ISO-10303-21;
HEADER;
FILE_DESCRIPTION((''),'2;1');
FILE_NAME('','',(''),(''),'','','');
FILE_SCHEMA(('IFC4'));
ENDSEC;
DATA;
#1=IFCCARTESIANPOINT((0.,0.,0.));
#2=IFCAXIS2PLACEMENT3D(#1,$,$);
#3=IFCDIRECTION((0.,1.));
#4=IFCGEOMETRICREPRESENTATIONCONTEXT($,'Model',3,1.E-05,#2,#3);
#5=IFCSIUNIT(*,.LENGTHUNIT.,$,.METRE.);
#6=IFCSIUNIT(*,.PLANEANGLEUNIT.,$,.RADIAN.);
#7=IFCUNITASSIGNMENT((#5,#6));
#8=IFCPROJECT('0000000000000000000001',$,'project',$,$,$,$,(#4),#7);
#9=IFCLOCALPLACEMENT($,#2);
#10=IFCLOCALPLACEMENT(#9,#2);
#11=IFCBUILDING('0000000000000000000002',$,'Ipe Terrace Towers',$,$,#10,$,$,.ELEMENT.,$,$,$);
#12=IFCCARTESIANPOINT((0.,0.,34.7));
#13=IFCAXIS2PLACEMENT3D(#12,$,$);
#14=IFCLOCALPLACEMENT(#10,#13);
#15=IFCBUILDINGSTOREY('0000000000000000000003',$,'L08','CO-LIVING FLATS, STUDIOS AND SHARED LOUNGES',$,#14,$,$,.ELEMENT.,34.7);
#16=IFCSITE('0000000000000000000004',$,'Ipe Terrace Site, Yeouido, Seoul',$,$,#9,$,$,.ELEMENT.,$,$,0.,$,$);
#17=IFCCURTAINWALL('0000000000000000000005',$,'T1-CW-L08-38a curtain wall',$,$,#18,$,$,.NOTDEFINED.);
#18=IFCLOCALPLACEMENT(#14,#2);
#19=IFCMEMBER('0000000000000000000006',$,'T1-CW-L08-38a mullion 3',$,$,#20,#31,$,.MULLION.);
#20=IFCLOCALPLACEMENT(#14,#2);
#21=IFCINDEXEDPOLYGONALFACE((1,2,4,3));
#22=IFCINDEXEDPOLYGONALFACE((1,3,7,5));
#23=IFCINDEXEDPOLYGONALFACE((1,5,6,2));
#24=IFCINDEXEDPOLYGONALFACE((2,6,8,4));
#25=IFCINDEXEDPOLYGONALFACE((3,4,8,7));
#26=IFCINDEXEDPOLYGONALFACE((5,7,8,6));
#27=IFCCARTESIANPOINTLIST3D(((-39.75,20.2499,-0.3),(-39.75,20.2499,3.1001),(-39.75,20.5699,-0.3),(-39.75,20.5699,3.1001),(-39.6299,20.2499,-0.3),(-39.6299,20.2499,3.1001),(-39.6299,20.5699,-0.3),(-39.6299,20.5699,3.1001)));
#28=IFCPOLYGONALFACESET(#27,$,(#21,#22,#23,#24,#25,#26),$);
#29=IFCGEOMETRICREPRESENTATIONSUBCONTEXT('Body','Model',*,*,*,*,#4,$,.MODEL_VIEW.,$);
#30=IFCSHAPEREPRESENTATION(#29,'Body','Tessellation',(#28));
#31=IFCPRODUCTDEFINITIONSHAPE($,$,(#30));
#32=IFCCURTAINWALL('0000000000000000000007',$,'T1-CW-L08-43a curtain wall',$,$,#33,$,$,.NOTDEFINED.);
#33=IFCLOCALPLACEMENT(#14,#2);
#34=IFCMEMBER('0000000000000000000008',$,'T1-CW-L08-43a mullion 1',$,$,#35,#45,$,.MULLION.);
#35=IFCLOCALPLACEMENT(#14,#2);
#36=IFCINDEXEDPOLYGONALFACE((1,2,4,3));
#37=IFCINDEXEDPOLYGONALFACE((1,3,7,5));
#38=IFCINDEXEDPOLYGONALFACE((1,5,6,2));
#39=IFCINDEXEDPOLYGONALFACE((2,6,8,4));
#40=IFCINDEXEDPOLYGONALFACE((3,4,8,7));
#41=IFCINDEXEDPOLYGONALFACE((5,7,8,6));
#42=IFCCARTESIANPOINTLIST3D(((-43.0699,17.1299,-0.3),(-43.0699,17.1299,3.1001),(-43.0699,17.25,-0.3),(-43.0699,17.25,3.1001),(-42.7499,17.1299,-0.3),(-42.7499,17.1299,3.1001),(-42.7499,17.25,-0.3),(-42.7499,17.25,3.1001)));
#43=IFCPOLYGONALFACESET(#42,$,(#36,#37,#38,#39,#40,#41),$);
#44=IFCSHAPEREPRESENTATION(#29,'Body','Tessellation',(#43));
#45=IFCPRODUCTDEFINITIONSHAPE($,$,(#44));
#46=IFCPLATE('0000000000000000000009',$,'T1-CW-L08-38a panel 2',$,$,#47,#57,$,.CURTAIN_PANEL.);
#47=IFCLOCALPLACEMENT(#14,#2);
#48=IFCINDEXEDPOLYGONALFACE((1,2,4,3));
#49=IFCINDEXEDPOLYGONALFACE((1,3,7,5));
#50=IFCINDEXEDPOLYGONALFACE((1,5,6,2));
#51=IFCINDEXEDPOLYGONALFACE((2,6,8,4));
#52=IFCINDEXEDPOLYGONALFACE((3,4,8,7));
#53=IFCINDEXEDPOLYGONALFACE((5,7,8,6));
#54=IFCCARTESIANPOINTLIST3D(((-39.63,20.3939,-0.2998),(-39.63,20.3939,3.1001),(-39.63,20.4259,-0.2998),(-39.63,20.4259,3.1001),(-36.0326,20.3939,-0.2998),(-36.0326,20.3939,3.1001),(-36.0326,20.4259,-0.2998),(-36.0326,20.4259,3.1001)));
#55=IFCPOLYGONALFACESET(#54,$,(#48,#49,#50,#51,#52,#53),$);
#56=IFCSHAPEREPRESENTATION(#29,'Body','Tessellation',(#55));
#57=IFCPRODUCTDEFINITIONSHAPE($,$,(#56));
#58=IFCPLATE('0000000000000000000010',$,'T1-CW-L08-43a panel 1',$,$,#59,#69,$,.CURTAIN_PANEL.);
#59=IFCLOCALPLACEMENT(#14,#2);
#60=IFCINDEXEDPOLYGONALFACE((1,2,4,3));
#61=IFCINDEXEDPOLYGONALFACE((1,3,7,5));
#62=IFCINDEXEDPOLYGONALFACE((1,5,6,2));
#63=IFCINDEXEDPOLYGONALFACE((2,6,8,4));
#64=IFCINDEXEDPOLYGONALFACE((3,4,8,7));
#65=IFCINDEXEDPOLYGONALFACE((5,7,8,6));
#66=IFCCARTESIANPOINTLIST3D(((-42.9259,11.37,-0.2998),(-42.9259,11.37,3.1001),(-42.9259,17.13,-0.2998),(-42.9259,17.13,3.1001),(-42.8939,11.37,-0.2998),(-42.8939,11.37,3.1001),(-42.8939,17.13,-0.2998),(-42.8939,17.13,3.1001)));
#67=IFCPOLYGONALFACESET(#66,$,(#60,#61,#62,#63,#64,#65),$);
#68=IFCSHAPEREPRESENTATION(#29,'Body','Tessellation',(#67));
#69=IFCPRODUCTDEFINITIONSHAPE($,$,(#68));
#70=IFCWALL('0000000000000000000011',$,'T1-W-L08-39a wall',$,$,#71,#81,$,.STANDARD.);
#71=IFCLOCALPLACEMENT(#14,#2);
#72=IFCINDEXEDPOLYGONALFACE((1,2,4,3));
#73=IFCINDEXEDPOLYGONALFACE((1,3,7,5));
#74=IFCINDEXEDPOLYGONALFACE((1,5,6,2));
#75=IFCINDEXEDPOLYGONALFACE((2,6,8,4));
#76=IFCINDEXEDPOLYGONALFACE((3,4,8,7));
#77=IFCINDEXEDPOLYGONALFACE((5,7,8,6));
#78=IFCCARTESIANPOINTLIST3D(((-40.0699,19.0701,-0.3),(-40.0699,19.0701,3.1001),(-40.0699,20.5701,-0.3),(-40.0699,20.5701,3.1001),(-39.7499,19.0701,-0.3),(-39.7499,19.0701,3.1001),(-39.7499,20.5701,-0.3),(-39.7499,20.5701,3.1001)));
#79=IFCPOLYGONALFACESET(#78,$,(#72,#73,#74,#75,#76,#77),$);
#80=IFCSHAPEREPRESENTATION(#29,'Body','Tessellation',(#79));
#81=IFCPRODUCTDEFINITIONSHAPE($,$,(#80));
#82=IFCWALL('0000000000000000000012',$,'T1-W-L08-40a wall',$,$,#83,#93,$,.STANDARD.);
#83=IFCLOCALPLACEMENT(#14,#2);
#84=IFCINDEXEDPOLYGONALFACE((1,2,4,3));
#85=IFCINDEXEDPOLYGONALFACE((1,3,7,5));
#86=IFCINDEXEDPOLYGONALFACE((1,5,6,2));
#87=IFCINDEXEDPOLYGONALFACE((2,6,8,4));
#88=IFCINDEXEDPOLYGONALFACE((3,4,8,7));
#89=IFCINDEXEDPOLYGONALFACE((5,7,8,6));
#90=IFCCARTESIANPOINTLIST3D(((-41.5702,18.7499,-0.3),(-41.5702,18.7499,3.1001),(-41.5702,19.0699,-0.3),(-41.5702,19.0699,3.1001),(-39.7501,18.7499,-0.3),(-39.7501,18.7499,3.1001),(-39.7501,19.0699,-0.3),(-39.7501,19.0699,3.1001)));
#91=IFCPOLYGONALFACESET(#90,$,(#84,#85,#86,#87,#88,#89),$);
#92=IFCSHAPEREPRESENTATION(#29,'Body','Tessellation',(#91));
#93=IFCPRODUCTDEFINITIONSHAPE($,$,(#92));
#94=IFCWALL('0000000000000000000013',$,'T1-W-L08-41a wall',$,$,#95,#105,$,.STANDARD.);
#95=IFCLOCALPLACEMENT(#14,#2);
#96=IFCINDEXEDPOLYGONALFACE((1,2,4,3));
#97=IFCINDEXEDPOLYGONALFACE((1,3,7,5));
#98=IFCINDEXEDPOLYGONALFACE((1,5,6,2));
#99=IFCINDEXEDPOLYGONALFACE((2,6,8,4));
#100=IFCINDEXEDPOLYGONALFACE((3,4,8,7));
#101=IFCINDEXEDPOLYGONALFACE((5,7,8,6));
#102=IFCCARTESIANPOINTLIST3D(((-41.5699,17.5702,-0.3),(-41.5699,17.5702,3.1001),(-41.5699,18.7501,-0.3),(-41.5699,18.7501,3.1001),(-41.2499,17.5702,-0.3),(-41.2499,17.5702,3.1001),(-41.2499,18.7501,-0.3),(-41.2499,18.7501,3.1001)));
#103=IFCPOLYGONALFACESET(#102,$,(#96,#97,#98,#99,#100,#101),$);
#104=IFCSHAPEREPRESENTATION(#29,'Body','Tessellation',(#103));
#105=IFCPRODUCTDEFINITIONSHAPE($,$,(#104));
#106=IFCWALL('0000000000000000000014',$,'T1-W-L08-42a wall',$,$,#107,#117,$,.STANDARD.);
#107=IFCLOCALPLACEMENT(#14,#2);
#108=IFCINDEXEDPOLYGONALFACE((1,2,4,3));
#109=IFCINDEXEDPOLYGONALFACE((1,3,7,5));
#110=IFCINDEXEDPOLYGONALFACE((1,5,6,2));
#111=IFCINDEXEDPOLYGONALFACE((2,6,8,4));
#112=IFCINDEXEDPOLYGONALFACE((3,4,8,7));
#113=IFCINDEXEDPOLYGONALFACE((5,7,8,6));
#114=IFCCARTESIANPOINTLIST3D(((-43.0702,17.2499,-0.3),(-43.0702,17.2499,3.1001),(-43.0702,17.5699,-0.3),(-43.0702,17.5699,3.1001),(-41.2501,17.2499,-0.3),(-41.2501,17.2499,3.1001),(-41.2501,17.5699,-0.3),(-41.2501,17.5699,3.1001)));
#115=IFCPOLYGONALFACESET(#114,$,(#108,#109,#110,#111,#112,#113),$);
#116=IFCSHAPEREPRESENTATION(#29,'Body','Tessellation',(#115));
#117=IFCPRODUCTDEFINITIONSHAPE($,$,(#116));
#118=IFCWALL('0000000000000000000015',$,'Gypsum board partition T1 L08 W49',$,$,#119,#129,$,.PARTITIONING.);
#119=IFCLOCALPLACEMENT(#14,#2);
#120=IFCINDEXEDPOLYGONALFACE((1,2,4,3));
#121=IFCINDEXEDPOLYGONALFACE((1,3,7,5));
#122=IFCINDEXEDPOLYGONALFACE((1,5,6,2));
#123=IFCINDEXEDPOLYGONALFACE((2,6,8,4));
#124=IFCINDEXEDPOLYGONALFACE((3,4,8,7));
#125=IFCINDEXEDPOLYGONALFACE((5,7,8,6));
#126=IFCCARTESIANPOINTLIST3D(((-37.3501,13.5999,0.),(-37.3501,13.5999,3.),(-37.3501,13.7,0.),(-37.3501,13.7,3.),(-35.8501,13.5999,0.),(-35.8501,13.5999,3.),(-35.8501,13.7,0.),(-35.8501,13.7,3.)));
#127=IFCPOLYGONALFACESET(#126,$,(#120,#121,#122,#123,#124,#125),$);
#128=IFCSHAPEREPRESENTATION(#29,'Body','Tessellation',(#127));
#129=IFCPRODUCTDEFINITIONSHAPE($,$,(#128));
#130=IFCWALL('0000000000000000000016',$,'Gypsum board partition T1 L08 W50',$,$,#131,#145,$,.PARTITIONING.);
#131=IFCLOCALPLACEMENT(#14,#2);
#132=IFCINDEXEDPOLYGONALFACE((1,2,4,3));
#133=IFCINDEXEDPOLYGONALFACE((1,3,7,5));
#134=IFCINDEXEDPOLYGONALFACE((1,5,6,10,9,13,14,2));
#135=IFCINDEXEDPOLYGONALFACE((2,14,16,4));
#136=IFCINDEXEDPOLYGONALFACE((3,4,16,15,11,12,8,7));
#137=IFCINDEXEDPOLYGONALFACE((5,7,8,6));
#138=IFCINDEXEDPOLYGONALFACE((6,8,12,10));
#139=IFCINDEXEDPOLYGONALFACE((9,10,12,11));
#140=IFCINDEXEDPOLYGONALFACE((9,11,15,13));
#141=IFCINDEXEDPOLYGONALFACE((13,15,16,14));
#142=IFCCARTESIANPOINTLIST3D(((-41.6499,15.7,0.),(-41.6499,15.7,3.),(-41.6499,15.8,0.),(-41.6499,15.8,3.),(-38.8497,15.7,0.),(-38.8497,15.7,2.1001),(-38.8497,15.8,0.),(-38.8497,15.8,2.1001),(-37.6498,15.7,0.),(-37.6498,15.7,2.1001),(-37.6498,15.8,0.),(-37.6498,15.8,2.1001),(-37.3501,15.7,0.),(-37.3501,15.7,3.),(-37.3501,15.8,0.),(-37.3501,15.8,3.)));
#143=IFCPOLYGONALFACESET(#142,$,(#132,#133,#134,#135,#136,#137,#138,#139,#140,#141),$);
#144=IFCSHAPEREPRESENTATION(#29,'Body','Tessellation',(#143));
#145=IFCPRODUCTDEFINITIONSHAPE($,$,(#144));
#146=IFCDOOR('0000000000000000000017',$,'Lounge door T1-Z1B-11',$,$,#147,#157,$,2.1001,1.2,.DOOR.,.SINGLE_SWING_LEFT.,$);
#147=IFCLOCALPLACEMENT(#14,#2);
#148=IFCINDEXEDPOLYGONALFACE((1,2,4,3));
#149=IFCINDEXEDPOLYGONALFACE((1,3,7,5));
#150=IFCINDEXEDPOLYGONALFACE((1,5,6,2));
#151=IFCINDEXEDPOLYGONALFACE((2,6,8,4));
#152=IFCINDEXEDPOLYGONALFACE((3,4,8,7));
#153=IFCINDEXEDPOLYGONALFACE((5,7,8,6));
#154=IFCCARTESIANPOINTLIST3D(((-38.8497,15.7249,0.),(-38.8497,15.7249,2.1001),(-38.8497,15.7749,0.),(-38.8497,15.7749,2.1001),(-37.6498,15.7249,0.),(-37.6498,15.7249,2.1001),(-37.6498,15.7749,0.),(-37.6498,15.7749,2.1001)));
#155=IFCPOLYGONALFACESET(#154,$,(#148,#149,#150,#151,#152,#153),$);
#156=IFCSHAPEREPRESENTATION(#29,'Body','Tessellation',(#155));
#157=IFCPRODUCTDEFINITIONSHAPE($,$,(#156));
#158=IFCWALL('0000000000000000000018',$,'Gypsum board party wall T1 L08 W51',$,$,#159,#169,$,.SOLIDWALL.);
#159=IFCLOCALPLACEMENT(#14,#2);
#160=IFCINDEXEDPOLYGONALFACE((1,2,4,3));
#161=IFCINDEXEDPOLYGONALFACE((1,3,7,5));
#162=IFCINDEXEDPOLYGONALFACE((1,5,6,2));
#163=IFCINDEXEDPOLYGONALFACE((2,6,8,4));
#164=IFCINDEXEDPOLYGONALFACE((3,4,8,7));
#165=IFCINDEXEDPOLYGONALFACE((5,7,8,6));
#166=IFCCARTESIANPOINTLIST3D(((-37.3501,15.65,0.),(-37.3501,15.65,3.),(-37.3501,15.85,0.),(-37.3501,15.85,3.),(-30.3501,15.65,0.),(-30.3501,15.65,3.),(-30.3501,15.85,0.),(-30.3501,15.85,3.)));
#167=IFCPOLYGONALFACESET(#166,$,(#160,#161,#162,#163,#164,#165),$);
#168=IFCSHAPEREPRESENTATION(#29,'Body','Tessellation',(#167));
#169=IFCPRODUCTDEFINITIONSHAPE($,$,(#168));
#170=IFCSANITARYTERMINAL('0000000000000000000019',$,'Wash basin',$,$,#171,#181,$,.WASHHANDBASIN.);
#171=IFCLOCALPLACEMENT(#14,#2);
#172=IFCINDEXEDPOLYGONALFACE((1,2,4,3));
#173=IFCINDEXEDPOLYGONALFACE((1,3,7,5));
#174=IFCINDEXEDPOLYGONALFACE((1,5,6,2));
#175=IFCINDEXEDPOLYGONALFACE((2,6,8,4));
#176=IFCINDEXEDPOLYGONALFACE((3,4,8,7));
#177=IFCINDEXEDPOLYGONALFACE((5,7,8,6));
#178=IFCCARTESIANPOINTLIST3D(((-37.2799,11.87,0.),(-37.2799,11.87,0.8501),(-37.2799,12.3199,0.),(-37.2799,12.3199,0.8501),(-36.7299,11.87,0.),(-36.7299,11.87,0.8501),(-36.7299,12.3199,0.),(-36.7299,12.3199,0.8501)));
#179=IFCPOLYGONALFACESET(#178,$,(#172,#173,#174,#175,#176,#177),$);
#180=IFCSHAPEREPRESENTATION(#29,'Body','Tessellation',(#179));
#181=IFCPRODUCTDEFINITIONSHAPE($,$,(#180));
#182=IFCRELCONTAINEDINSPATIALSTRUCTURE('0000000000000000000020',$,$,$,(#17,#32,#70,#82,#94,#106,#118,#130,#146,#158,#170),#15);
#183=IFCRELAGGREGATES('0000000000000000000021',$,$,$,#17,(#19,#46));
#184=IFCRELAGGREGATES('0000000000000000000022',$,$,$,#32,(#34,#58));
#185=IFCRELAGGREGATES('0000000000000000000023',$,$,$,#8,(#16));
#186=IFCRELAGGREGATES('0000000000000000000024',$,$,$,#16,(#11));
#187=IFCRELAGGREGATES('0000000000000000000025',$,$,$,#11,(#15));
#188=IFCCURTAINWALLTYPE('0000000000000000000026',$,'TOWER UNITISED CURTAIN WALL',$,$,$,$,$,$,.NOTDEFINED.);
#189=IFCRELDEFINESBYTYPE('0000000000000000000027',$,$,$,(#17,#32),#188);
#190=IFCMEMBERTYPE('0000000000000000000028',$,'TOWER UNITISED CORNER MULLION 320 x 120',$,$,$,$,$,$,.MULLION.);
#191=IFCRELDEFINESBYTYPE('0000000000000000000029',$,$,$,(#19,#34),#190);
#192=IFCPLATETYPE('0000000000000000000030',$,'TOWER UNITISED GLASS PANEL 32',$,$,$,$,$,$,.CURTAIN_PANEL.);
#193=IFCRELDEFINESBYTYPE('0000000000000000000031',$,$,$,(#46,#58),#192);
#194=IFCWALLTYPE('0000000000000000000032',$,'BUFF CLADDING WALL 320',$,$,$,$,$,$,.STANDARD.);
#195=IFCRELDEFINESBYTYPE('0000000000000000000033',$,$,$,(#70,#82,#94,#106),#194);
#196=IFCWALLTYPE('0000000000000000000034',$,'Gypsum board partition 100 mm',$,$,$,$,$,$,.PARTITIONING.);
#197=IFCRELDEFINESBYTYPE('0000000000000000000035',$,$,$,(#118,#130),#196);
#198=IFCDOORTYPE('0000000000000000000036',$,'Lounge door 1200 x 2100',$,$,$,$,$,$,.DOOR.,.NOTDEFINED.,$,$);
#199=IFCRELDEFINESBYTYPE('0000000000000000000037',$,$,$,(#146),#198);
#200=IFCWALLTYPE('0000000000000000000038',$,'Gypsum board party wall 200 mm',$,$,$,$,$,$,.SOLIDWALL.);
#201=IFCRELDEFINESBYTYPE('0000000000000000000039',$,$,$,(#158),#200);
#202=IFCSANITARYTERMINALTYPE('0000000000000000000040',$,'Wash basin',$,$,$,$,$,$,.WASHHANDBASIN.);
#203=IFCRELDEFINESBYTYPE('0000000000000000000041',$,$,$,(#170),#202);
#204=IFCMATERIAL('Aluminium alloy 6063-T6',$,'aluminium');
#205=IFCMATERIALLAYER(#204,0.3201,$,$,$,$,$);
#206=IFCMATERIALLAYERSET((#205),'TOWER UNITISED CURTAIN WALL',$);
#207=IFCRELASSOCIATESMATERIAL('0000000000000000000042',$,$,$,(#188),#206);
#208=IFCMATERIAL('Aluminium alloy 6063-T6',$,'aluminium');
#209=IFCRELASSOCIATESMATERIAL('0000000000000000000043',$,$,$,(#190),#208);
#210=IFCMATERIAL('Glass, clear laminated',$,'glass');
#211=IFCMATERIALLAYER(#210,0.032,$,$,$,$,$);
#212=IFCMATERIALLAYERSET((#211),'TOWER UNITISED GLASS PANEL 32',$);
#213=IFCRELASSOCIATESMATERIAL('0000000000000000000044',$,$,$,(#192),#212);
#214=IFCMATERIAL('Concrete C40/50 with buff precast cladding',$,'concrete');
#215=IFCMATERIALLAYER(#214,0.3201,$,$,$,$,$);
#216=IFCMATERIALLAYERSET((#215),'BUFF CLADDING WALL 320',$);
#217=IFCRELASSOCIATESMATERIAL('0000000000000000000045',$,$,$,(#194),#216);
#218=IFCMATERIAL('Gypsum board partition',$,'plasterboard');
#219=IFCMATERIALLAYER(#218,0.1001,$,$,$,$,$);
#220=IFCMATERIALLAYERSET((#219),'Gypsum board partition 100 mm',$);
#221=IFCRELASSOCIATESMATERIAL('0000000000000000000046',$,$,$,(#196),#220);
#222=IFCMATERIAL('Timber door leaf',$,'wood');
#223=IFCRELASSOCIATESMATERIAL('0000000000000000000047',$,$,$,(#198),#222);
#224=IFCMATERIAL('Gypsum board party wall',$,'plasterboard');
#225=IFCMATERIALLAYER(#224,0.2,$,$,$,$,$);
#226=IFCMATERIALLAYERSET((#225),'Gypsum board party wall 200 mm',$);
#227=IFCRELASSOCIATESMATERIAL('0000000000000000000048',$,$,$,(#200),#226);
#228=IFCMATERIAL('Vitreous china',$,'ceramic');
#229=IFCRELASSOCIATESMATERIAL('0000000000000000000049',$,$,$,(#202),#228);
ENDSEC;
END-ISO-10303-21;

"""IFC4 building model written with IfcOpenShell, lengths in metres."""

from ifc_helpers import new_model, si_unit, direction, frame, frame_2d, origin, origin_2d, place, context, subcontext, project, spatial, rectangle, extrude, material, layer, layer_set, material_profile, profile_set, type_object, element, fill, aggregate, save


model = new_model("IFC4")

# Units and contexts
model_context = context("Model", 3, precision=1e-05, world=origin(), true_north=direction((0.0, 1.0)))
body_context = subcontext(model_context, "Body", "Model", "MODEL_VIEW")
ifc_project = project(units=[si_unit("LENGTHUNIT", "METRE"), si_unit("PLANEANGLEUNIT", "RADIAN")], contexts=[model_context])

# Site, building, storey
site_placement = place(None, origin())
site = spatial("IfcSite", under=ifc_project, at=site_placement, Name="Ipe Terrace Site, Yeouido, Seoul", CompositionType="ELEMENT", RefElevation=0.0)
building_placement = place(site_placement, origin())
building = spatial("IfcBuilding", under=site, at=building_placement, Name="Ipe Terrace Towers", CompositionType="ELEMENT")
storey_placement = place(building_placement, frame((0.0, 0.0, 34.7)))
storey = spatial("IfcBuildingStorey", under=building, at=storey_placement, Name="L08", Description="CO-LIVING FLATS, STUDIOS AND SHARED LOUNGES", CompositionType="ELEMENT", Elevation=34.7)

# Curtain walls, members
ifc_material_1 = material(Name="Aluminium alloy 6063-T6", Category="aluminium")
ifc_layer_1 = layer(ifc_material_1, 0.3201)
ifc_layer_set_1 = layer_set([ifc_layer_1], Name="TOWER UNITISED CURTAIN WALL")
curtain_wall_type = type_object("IfcCurtainWallType", Name="TOWER UNITISED CURTAIN WALL", PredefinedType="NOTDEFINED", material=ifc_layer_set_1)
curtain_wall_1_placement = place(storey_placement, origin())
curtain_wall_1 = element("IfcCurtainWall", 1, at=curtain_wall_1_placement, inside=storey, type_object=curtain_wall_type, Name="T1-CW-L08-38a curtain wall", PredefinedType="NOTDEFINED")
ifc_material_2 = material(Name="Aluminium alloy 6063-T6", Category="aluminium")
ifc_material_profile_1 = material_profile(ifc_material_2, rectangle(XDim=0.3201, YDim=0.1201, at=origin_2d()), Name="TOWER UNITISED CORNER MULLION 320 x 120")
ifc_profile_set_1 = profile_set([ifc_material_profile_1], Name="Aluminium alloy 6063-T6")
member_type = type_object("IfcMemberType", Name="TOWER UNITISED CORNER MULLION 320 x 120", PredefinedType="MULLION", material=ifc_profile_set_1)
member_1_placement = place(storey_placement, frame((-39.6899, 20.4099, -0.3), z_axis=(0.0, 0.0, 1.0), x_axis=(0.0, 1.0, 0.0)))
member_1 = element("IfcMember", 2, at=member_1_placement, type_object=member_type, Name="T1-CW-L08-38a mullion 3", PredefinedType="MULLION", context=body_context, shape_type="SweptSolid", body=[
    extrude(rectangle(XDim=0.3201, YDim=0.1201, at=origin_2d()), origin(), (0.0, 0.0, 1.0), 3.4001),
])
curtain_wall_2_placement = place(storey_placement, origin())
curtain_wall_2 = element("IfcCurtainWall", 3, at=curtain_wall_2_placement, inside=storey, type_object=curtain_wall_type, Name="T1-CW-L08-43a curtain wall", PredefinedType="NOTDEFINED")
member_2_placement = place(storey_placement, frame((-42.9099, 17.1899, -0.3), z_axis=(0.0, 0.0, 1.0), x_axis=(-1.0, 0.0, 0.0)))
member_2 = element("IfcMember", 4, at=member_2_placement, type_object=member_type, Name="T1-CW-L08-43a mullion 1", PredefinedType="MULLION", context=body_context, shape_type="SweptSolid", body=[
    extrude(rectangle(XDim=0.3201, YDim=0.1201, at=origin_2d()), origin(), (0.0, 0.0, 1.0), 3.4001),
])

# Plates
ifc_material_3 = material(Name="Glass, clear laminated", Category="glass")
ifc_layer_2 = layer(ifc_material_3, 0.032)
ifc_layer_set_2 = layer_set([ifc_layer_2], Name="TOWER UNITISED GLASS PANEL 32")
plate_type = type_object("IfcPlateType", Name="TOWER UNITISED GLASS PANEL 32", PredefinedType="CURTAIN_PANEL", material=ifc_layer_set_2)
plate_1_placement = place(storey_placement, frame((-37.8313, 20.4099, -0.2998), z_axis=(0.0, 0.0, 1.0), x_axis=(-1.0, 0.0, 0.0)))
plate_1 = element("IfcPlate", 5, at=plate_1_placement, type_object=plate_type, Name="T1-CW-L08-38a panel 2", PredefinedType="CURTAIN_PANEL", context=body_context, shape_type="SweptSolid", body=[
    extrude(rectangle(XDim=3.5974, YDim=0.032, at=origin_2d()), origin(), (0.0, 0.0, 1.0), 3.3999),
])
aggregate(curtain_wall_1, [member_1, plate_1])
plate_2_placement = place(storey_placement, frame((-42.9099, 14.25, -0.2998), z_axis=(0.0, 0.0, 1.0), x_axis=(0.0, -1.0, 0.0)))
plate_2 = element("IfcPlate", 6, at=plate_2_placement, type_object=plate_type, Name="T1-CW-L08-43a panel 1", PredefinedType="CURTAIN_PANEL", context=body_context, shape_type="SweptSolid", body=[
    extrude(rectangle(XDim=5.76, YDim=0.032, at=origin_2d()), origin(), (0.0, 0.0, 1.0), 3.3999),
])
aggregate(curtain_wall_2, [member_2, plate_2])

# Walls
ifc_material_4 = material(Name="Concrete C40/50 with buff precast cladding", Category="concrete")
ifc_layer_3 = layer(ifc_material_4, 0.3201)
ifc_layer_set_3 = layer_set([ifc_layer_3], Name="BUFF CLADDING WALL 320")
wall_type_1 = type_object("IfcWallType", Name="BUFF CLADDING WALL 320", PredefinedType="STANDARD", material=ifc_layer_set_3)
wall_1_placement = place(storey_placement, frame((-39.9099, 20.5701, -0.3), z_axis=(0.0, 0.0, 1.0), x_axis=(0.0, -1.0, 0.0)))
element("IfcWall", 7, at=wall_1_placement, inside=storey, type_object=wall_type_1, Name="T1-W-L08-39a wall", PredefinedType="STANDARD", context=body_context, shape_type="SweptSolid", body=[
    extrude(rectangle(XDim=1.5, YDim=0.3201, at=frame_2d((0.75, 0.0))), origin(), (0.0, 0.0, 1.0), 3.4001),
])
wall_2_placement = place(storey_placement, frame((-39.75, 18.9099, -0.3), z_axis=(0.0, 0.0, 1.0), x_axis=(-1.0, 0.0, 0.0)))
element("IfcWall", 8, at=wall_2_placement, inside=storey, type_object=wall_type_1, Name="T1-W-L08-40a wall", PredefinedType="STANDARD", context=body_context, shape_type="SweptSolid", body=[
    extrude(rectangle(XDim=1.8201, YDim=0.3201, at=frame_2d((0.9102, 0.0))), origin(), (0.0, 0.0, 1.0), 3.4001),
])
wall_3_placement = place(storey_placement, frame((-41.4099, 18.75, -0.3), z_axis=(0.0, 0.0, 1.0), x_axis=(0.0, -1.0, 0.0)))
element("IfcWall", 9, at=wall_3_placement, inside=storey, type_object=wall_type_1, Name="T1-W-L08-41a wall", PredefinedType="STANDARD", context=body_context, shape_type="SweptSolid", body=[
    extrude(rectangle(XDim=1.1799, YDim=0.3201, at=frame_2d((0.5898, 0.0))), origin(), (0.0, 0.0, 1.0), 3.4001),
])
wall_4_placement = place(storey_placement, frame((-41.25, 17.4099, -0.3), z_axis=(0.0, 0.0, 1.0), x_axis=(-1.0, 0.0, 0.0)))
element("IfcWall", 10, at=wall_4_placement, inside=storey, type_object=wall_type_1, Name="T1-W-L08-42a wall", PredefinedType="STANDARD", context=body_context, shape_type="SweptSolid", body=[
    extrude(rectangle(XDim=1.8201, YDim=0.3201, at=frame_2d((0.9102, 0.0))), origin(), (0.0, 0.0, 1.0), 3.4001),
])
ifc_material_5 = material(Name="Gypsum board partition", Category="plasterboard")
ifc_layer_4 = layer(ifc_material_5, 0.1001)
ifc_layer_set_4 = layer_set([ifc_layer_4], Name="Gypsum board partition 100 mm")
wall_type_2 = type_object("IfcWallType", Name="Gypsum board partition 100 mm", PredefinedType="PARTITIONING", material=ifc_layer_set_4)
wall_5_placement = place(storey_placement, frame((-37.3501, 13.6499, 0.0), z_axis=(0.0, 0.0, 1.0), x_axis=(1.0, 0.0, 0.0)))
element("IfcWall", 11, at=wall_5_placement, inside=storey, type_object=wall_type_2, Name="Gypsum board partition T1 L08 W49", PredefinedType="PARTITIONING", context=body_context, shape_type="SweptSolid", body=[
    extrude(rectangle(XDim=1.5, YDim=0.1001, at=frame_2d((0.75, 0.0))), origin(), (0.0, 0.0, 1.0), 3.0),
])

# Wall, opening, door
wall_6_placement = place(storey_placement, frame((-41.6499, 15.75, 0.0), z_axis=(0.0, 0.0, 1.0), x_axis=(1.0, 0.0, 0.0)))
wall_6 = element("IfcWall", 12, at=wall_6_placement, inside=storey, type_object=wall_type_2, Name="Gypsum board partition T1 L08 W50", PredefinedType="PARTITIONING", context=body_context, shape_type="SweptSolid", body=[
    extrude(rectangle(XDim=4.2998, YDim=0.1001, at=frame_2d((2.1499, 0.0))), origin(), (0.0, 0.0, 1.0), 3.0),
])
opening_placement = place(wall_6_placement, frame((2.8, 0.0, 0.0)))
opening = element("IfcOpeningElement", 13, at=opening_placement, cuts=wall_6, PredefinedType="OPENING", context=body_context, shape_type="SweptSolid", body=[
    extrude(rectangle(XDim=1.2, YDim=2.1001, at=frame_2d((0.6001, 1.05))), frame((0.0, 0.0601, 0.0), z_axis=(0.0, -1.0, 0.0), x_axis=(1.0, 0.0, 0.0)), (0.0, 0.0, 1.0), 0.1201),
])
ifc_material_6 = material(Name="Timber door leaf", Category="wood")
door_type = type_object("IfcDoorType", Name="Lounge door 1200 x 2100", OperationType="NOTDEFINED", PredefinedType="DOOR", material=ifc_material_6)
door_placement = place(opening_placement, origin())
door = element("IfcDoor", 14, at=door_placement, inside=storey, type_object=door_type, Name="Lounge door T1-Z1B-11", OperationType="SINGLE_SWING_LEFT", OverallHeight=2.1001, OverallWidth=1.2, PredefinedType="DOOR", context=body_context, shape_type="SweptSolid", body=[
    extrude(rectangle(XDim=1.2, YDim=2.1001, at=frame_2d((0.6001, 1.05))), frame((0.0, 0.0249, 0.0), z_axis=(0.0, -1.0, 0.0), x_axis=(1.0, 0.0, 0.0)), (0.0, 0.0, 1.0), 0.05),
])
fill(opening, door)

# Wall
ifc_material_7 = material(Name="Gypsum board party wall", Category="plasterboard")
ifc_layer_5 = layer(ifc_material_7, 0.2)
ifc_layer_set_5 = layer_set([ifc_layer_5], Name="Gypsum board party wall 200 mm")
wall_type_3 = type_object("IfcWallType", Name="Gypsum board party wall 200 mm", PredefinedType="SOLIDWALL", material=ifc_layer_set_5)
wall_7_placement = place(storey_placement, frame((-37.3501, 15.75, 0.0), z_axis=(0.0, 0.0, 1.0), x_axis=(1.0, 0.0, 0.0)))
element("IfcWall", 15, at=wall_7_placement, inside=storey, type_object=wall_type_3, Name="Gypsum board party wall T1 L08 W51", PredefinedType="SOLIDWALL", context=body_context, shape_type="SweptSolid", body=[
    extrude(rectangle(XDim=7.0, YDim=0.2, at=frame_2d((3.5, 0.0))), origin(), (0.0, 0.0, 1.0), 3.0),
])

# Sanitary terminal
ifc_material_8 = material(Name="Vitreous china", Category="ceramic")
sanitary_terminal_type = type_object("IfcSanitaryTerminalType", Name="Wash basin", PredefinedType="WASHHANDBASIN", material=ifc_material_8)
sanitary_terminal_placement = place(storey_placement, frame((-37.0049, 12.095, 0.0), z_axis=(0.0, 0.0, 1.0), x_axis=(1.0, 0.0, 0.0)))
element("IfcSanitaryTerminal", 16, at=sanitary_terminal_placement, inside=storey, type_object=sanitary_terminal_type, Name="Wash basin", PredefinedType="WASHHANDBASIN", context=body_context, shape_type="SweptSolid", body=[
    extrude(rectangle(XDim=0.55, YDim=0.45, at=origin_2d()), origin(), (0.0, 0.0, 1.0), 0.8501),
])

save(model, "model.ifc")
